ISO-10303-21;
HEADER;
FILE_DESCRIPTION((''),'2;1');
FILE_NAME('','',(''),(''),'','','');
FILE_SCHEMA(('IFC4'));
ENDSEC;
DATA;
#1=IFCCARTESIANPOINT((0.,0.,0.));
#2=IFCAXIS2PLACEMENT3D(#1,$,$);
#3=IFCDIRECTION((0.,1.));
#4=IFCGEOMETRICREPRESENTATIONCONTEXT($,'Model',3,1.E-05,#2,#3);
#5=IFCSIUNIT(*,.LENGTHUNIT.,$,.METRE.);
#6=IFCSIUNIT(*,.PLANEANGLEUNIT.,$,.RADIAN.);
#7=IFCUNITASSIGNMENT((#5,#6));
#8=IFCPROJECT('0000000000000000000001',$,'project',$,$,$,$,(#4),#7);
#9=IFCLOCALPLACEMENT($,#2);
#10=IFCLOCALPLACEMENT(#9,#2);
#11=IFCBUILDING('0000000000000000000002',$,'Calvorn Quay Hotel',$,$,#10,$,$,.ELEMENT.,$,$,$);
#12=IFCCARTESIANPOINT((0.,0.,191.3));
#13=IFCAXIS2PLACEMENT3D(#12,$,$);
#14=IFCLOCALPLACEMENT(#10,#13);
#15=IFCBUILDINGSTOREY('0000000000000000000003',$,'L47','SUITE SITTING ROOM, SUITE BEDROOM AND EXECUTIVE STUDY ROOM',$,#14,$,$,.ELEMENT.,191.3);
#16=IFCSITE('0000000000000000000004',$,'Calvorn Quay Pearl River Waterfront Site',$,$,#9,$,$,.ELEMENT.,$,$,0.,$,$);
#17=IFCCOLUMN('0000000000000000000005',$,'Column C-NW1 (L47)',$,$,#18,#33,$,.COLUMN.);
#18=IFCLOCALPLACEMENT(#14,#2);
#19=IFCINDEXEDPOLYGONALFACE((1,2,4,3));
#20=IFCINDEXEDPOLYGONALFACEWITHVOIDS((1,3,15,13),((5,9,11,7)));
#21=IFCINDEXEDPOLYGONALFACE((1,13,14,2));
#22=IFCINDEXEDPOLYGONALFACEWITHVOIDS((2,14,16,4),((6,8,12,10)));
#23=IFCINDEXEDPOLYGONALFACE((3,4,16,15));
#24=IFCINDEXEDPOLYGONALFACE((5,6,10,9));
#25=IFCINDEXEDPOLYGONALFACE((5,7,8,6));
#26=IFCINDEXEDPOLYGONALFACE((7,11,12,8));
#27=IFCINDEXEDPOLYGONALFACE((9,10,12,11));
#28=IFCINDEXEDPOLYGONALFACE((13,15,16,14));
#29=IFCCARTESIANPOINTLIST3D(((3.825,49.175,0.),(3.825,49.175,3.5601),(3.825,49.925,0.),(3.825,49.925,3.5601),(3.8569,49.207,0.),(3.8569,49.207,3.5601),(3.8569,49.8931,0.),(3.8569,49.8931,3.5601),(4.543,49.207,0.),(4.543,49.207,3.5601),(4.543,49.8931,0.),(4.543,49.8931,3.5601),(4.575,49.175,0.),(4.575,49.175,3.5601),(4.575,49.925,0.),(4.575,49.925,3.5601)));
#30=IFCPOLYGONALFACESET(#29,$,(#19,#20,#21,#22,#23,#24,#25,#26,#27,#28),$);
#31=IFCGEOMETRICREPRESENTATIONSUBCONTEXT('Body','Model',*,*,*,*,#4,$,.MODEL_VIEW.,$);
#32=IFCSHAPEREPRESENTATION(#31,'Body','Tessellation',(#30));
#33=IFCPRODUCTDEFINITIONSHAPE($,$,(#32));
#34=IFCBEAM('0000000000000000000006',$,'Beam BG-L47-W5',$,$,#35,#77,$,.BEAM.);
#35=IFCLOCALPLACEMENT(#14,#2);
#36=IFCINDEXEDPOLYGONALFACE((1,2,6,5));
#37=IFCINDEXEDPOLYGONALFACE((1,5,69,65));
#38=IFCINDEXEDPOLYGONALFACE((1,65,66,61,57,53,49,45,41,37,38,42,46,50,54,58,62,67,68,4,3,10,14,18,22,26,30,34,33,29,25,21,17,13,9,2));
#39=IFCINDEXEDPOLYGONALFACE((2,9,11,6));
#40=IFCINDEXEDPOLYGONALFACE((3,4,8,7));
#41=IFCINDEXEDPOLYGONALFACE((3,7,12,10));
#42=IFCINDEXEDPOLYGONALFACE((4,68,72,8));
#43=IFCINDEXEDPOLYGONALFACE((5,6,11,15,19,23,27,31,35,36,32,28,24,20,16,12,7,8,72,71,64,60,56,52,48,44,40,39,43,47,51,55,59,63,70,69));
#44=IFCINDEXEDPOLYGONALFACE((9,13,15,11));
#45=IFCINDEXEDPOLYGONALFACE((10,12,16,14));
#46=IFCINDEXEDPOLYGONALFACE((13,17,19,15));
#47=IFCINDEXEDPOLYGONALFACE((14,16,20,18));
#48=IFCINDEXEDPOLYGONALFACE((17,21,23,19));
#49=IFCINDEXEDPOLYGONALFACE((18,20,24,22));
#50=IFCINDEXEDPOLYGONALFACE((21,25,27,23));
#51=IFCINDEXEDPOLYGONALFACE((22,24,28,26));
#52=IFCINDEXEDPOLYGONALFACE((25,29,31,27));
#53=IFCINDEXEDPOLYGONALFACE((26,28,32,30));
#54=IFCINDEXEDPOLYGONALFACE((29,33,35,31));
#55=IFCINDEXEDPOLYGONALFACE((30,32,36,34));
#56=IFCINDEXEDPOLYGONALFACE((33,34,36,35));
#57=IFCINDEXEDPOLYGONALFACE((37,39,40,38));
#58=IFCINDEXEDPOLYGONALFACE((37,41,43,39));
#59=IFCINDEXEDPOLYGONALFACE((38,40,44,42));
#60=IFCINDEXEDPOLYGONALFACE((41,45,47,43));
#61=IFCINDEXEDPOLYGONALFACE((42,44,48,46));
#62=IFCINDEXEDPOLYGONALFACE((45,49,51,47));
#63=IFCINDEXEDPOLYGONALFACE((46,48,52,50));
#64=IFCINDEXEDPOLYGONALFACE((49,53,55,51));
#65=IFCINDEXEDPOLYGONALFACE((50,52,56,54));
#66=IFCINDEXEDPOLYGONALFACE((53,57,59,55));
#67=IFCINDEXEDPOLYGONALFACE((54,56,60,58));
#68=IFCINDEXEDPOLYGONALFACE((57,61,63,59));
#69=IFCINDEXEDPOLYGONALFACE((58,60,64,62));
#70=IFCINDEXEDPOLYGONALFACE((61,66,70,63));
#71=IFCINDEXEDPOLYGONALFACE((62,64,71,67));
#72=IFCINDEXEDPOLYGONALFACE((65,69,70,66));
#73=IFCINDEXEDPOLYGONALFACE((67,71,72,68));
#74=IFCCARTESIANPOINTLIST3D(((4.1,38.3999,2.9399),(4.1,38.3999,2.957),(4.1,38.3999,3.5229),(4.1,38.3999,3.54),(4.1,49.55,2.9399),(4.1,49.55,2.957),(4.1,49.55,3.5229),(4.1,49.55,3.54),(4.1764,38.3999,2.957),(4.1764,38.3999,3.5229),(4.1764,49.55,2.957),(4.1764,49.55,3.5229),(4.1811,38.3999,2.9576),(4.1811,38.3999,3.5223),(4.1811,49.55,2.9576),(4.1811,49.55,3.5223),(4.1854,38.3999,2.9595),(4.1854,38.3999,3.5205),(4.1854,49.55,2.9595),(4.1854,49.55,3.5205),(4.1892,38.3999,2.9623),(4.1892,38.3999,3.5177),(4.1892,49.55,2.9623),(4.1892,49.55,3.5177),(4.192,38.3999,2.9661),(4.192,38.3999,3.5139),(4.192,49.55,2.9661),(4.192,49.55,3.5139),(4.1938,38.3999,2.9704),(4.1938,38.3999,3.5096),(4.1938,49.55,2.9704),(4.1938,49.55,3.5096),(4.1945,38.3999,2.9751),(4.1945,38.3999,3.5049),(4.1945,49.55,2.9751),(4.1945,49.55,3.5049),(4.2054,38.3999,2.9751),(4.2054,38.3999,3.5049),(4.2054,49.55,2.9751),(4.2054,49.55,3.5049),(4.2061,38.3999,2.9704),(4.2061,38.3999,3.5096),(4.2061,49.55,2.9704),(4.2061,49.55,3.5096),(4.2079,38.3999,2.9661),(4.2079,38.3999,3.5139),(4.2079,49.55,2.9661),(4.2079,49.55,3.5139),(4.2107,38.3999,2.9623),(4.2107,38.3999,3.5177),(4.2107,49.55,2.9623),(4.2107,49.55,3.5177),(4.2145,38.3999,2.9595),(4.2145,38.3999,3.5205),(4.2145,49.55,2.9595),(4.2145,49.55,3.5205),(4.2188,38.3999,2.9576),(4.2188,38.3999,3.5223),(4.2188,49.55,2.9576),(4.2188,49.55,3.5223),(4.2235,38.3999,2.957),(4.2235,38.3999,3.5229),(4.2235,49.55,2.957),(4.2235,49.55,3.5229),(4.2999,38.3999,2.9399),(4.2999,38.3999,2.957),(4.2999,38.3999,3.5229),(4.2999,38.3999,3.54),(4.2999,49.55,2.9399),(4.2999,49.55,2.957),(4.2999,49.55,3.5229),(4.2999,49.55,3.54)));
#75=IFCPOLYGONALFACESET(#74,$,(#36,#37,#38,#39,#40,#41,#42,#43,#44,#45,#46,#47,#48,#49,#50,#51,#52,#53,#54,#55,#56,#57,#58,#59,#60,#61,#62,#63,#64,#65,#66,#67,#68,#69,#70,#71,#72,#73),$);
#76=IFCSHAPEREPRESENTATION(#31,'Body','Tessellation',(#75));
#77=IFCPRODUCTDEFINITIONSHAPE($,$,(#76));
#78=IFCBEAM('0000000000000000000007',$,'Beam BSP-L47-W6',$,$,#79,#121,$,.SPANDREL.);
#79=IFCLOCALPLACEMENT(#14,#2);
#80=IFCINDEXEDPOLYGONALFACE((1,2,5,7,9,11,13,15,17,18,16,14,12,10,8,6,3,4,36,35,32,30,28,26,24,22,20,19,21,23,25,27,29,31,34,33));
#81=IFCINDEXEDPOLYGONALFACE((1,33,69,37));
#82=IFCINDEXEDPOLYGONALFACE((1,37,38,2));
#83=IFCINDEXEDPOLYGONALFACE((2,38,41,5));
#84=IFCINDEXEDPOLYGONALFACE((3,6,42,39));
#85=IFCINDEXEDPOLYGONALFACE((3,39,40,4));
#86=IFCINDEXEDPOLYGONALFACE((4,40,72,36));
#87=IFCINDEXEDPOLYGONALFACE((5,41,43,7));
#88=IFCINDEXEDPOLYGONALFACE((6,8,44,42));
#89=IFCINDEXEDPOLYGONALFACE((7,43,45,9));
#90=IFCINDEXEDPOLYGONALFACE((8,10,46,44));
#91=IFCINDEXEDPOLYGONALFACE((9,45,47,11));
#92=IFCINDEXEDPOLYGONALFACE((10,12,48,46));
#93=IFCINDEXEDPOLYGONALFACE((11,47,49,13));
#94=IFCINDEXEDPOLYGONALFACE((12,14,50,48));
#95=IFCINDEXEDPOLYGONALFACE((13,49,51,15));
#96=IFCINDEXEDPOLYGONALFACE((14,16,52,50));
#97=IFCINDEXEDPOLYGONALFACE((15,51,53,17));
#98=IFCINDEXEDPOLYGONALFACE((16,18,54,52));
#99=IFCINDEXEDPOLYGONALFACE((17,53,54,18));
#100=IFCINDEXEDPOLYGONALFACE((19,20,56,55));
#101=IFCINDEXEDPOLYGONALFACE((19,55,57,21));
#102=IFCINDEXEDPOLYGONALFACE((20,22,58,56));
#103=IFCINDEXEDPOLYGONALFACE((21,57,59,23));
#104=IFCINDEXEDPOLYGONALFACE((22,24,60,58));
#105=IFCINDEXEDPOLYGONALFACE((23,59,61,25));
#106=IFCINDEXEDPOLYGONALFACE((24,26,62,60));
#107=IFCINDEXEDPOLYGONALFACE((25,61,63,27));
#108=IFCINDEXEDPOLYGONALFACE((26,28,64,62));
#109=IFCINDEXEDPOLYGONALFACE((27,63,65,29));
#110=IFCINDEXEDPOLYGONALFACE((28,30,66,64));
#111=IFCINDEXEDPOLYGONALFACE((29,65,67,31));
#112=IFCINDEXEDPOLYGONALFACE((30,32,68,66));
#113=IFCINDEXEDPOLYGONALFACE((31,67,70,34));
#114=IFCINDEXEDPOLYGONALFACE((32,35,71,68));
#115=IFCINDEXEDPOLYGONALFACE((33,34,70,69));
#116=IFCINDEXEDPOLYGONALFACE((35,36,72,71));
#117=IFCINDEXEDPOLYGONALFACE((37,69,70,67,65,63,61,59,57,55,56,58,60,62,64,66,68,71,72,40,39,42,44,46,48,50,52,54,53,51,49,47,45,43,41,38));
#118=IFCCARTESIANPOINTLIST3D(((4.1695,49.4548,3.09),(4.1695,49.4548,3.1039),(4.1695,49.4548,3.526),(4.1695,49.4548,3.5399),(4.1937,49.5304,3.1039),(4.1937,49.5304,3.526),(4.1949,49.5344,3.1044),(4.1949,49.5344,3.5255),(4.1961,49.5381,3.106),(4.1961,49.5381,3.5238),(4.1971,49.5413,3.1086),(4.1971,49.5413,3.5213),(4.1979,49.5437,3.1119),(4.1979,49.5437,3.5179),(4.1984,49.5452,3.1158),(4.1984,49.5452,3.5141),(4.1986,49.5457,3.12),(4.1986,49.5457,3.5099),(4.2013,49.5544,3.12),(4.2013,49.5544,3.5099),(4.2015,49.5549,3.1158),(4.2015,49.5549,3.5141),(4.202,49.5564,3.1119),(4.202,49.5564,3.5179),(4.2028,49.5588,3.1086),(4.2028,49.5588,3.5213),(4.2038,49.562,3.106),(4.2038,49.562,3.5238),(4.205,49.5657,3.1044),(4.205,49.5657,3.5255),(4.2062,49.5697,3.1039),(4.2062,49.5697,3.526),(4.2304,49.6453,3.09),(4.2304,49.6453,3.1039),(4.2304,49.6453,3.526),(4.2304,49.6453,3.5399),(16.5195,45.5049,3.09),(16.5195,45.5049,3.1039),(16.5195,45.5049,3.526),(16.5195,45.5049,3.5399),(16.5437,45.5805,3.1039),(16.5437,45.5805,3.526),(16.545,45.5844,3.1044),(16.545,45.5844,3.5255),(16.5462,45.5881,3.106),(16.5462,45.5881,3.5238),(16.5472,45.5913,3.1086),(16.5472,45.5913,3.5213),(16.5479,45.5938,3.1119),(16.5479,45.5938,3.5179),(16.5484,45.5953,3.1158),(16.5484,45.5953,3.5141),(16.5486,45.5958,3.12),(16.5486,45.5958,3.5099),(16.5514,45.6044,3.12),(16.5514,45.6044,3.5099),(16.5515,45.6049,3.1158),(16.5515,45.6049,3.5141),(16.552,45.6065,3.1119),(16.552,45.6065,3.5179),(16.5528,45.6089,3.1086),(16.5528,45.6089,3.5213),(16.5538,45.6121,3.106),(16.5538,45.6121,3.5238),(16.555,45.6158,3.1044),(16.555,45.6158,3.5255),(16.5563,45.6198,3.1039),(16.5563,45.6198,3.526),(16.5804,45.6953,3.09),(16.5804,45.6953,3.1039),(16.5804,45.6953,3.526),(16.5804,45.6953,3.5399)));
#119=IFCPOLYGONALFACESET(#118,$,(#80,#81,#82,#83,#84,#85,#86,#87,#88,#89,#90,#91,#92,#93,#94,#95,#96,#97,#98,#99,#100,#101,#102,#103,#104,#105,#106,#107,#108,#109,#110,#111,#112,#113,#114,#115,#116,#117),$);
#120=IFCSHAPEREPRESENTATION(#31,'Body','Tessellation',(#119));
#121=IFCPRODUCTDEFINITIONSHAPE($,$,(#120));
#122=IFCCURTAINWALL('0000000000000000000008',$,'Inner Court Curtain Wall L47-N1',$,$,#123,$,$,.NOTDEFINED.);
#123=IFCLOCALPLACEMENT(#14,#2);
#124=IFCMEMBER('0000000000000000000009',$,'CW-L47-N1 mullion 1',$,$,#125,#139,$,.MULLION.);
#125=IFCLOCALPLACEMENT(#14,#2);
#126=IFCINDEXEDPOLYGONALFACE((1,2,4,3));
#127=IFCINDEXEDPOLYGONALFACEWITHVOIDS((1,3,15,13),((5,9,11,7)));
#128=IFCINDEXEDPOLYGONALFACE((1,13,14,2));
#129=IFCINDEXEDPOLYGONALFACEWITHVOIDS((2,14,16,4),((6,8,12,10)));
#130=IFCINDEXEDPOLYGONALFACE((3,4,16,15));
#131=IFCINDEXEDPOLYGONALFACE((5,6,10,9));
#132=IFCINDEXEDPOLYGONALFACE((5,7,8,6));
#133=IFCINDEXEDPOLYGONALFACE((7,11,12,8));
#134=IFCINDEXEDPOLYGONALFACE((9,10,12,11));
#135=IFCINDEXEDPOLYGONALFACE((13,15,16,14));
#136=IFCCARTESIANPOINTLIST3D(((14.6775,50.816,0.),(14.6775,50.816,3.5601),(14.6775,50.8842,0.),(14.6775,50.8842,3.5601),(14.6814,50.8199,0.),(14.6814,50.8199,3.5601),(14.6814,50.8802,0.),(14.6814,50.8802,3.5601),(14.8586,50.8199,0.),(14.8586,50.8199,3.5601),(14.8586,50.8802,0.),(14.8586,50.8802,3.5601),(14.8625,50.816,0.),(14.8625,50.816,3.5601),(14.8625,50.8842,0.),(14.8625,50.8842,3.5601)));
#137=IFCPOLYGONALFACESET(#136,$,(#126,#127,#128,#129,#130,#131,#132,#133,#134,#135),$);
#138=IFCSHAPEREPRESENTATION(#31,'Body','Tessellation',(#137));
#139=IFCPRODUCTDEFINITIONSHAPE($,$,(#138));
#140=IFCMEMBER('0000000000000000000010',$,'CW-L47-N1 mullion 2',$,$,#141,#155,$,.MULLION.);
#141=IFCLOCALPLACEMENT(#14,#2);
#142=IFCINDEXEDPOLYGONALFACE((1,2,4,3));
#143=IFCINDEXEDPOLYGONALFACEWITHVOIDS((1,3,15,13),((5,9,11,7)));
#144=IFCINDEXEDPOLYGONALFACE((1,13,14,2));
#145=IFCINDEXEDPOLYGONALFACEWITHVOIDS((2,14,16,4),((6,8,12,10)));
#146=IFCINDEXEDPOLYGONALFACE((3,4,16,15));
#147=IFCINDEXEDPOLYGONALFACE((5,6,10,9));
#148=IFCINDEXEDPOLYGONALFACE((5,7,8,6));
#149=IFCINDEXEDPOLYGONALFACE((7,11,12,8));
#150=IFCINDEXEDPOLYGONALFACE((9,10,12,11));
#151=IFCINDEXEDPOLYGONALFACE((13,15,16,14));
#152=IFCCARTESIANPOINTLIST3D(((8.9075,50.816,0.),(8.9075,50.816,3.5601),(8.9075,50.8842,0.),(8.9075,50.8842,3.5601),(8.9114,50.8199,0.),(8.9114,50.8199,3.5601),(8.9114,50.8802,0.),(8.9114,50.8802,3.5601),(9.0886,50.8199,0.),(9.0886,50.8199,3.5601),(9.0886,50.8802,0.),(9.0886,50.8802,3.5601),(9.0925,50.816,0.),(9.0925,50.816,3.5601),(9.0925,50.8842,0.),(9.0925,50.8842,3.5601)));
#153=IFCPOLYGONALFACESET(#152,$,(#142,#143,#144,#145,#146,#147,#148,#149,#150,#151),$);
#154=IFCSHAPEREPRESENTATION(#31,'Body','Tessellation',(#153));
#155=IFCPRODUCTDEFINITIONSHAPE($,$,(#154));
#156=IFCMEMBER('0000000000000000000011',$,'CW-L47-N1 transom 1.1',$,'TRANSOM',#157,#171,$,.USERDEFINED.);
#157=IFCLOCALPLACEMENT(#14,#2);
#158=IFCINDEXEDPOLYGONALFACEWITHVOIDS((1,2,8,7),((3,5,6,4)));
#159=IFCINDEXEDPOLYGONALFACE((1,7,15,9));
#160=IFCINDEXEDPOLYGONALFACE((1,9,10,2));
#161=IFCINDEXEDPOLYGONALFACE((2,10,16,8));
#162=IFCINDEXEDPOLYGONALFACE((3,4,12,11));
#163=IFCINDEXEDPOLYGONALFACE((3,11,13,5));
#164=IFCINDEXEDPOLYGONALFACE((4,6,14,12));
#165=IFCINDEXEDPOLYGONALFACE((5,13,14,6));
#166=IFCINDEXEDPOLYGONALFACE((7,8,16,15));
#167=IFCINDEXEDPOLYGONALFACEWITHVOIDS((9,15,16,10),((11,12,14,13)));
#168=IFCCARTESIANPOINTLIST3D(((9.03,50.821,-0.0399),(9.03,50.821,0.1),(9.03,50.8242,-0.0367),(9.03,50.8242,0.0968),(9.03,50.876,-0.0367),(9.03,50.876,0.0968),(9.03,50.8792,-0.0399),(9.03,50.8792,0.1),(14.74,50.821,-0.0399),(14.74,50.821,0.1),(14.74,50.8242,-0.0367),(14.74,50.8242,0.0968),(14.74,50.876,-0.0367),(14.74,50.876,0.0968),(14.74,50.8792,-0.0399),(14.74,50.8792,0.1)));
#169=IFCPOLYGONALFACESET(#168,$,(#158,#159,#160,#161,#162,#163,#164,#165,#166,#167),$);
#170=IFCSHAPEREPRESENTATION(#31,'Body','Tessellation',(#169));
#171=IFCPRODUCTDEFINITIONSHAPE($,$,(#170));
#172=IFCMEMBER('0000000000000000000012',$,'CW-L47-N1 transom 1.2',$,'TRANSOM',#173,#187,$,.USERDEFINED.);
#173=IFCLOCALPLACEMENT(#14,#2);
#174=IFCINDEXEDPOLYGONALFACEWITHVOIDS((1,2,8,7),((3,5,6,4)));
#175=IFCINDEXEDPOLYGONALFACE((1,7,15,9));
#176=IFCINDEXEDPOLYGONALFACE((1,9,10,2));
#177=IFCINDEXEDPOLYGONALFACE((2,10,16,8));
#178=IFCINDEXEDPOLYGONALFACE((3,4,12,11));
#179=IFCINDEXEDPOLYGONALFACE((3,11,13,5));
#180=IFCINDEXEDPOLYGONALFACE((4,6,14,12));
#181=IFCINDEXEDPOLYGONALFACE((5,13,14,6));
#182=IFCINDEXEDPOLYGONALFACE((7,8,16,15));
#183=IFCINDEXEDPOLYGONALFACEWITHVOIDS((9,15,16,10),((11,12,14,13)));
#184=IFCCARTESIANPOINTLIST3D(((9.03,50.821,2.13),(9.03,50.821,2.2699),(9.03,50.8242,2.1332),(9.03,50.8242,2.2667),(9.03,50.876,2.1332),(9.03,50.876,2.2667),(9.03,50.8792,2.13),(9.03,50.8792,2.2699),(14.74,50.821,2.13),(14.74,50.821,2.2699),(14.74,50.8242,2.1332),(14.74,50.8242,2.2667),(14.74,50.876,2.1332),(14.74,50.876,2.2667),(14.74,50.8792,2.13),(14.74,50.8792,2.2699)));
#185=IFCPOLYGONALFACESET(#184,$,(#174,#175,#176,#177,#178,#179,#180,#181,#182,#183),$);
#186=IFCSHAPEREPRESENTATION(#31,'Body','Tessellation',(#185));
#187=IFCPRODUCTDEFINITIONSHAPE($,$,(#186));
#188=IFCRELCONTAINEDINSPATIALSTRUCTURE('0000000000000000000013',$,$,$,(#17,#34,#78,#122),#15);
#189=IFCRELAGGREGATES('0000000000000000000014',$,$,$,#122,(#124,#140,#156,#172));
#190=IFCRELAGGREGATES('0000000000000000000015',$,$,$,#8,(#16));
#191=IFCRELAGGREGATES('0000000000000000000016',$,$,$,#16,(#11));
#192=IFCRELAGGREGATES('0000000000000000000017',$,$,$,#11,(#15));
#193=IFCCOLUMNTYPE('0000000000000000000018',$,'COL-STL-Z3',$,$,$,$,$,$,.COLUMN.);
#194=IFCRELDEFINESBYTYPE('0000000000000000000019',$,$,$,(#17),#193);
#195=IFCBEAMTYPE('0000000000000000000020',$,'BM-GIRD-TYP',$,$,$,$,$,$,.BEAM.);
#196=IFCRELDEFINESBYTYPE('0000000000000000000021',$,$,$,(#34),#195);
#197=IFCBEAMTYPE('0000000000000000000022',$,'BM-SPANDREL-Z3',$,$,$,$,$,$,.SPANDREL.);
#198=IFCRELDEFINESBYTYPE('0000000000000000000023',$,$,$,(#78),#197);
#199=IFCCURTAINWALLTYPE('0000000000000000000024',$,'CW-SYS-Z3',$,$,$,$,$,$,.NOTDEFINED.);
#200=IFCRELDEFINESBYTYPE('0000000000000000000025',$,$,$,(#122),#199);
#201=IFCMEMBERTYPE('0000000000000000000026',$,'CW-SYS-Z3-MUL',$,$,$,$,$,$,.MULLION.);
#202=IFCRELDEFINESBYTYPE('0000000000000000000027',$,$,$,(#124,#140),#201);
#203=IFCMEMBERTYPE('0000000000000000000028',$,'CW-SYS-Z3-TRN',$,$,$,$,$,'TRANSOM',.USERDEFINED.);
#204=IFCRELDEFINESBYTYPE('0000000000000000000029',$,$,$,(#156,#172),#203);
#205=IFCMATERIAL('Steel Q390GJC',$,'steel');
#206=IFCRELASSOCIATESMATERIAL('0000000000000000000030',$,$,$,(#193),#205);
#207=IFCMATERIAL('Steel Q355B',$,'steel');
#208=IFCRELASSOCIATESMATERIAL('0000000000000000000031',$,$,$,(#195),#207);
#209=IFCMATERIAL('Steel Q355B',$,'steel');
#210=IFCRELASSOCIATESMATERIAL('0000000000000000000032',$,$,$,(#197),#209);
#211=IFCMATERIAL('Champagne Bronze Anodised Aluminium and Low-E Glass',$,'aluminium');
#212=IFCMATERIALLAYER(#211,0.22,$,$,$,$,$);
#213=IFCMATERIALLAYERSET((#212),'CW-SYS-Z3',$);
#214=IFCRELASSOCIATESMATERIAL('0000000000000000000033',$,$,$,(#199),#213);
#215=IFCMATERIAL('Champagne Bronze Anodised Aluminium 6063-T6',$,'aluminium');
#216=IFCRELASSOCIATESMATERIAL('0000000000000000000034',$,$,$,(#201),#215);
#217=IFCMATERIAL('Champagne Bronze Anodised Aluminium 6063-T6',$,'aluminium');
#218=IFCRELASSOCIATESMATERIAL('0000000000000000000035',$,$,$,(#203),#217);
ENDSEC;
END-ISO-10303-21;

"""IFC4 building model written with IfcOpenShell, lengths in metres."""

from ifc_helpers import new_model, si_unit, direction, frame, origin, origin_2d, place, context, subcontext, project, spatial, hollow_rectangle, i_section, extrude, material, layer, layer_set, material_profile, profile_set, type_object, element, aggregate, save


model = new_model("IFC4")

# Units and contexts
model_context = context("Model", 3, precision=1e-05, world=origin(), true_north=direction((0.0, 1.0)))
body_context = subcontext(model_context, "Body", "Model", "MODEL_VIEW")
ifc_project = project(units=[si_unit("LENGTHUNIT", "METRE"), si_unit("PLANEANGLEUNIT", "RADIAN")], contexts=[model_context])

# Site, building, storey
site_placement = place(None, origin())
site = spatial("IfcSite", under=ifc_project, at=site_placement, Name="Calvorn Quay Pearl River Waterfront Site", CompositionType="ELEMENT", RefElevation=0.0)
building_placement = place(site_placement, origin())
building = spatial("IfcBuilding", under=site, at=building_placement, Name="Calvorn Quay Hotel", CompositionType="ELEMENT")
storey_placement = place(building_placement, frame((0.0, 0.0, 191.3)))
storey = spatial("IfcBuildingStorey", under=building, at=storey_placement, Name="L47", Description="SUITE SITTING ROOM, SUITE BEDROOM AND EXECUTIVE STUDY ROOM", CompositionType="ELEMENT", Elevation=191.3)

# Column
ifc_material_1 = material(Name="Steel Q390GJC", Category="steel")
ifc_material_profile_1 = material_profile(ifc_material_1, hollow_rectangle(XDim=0.75, YDim=0.75, WallThickness=0.032, at=origin_2d()), Name="BOX750x750x32")
ifc_profile_set_1 = profile_set([ifc_material_profile_1], Name="Steel Q390GJC")
column_type = type_object("IfcColumnType", Name="COL-STL-Z3", PredefinedType="COLUMN", material=ifc_profile_set_1)
column_placement = place(storey_placement, frame((4.2, 49.55, 0.0), z_axis=(0.0, 0.0, 1.0), x_axis=(1.0, 0.0, 0.0)))
element("IfcColumn", 1, at=column_placement, inside=storey, type_object=column_type, Name="Column C-NW1 (L47)", PredefinedType="COLUMN", context=body_context, shape_type="SweptSolid", body=[
    extrude(hollow_rectangle(XDim=0.75, YDim=0.75, WallThickness=0.032, at=origin_2d()), origin(), (0.0, 0.0, 1.0), 3.5601),
])

# Beams
ifc_material_2 = material(Name="Steel Q355B", Category="steel")
ifc_material_profile_2 = material_profile(ifc_material_2, i_section(OverallWidth=0.2, OverallDepth=0.6001, WebThickness=0.011, FlangeThickness=0.0171, FilletRadius=0.0181, at=origin_2d()), Name="HN600x200x11x17")
ifc_profile_set_2 = profile_set([ifc_material_profile_2], Name="Steel Q355B")
beam_type_1 = type_object("IfcBeamType", Name="BM-GIRD-TYP", PredefinedType="BEAM", material=ifc_profile_set_2)
beam_1_placement = place(storey_placement, frame((4.2, 49.55, 3.24), z_axis=(0.0, -1.0, 0.0), x_axis=(1.0, 0.0, 0.0)))
element("IfcBeam", 2, at=beam_1_placement, inside=storey, type_object=beam_type_1, Name="Beam BG-L47-W5", PredefinedType="BEAM", context=body_context, shape_type="SweptSolid", body=[
    extrude(i_section(OverallWidth=0.2, OverallDepth=0.6001, WebThickness=0.011, FlangeThickness=0.0171, FilletRadius=0.0181, at=origin_2d()), origin(), (0.0, 0.0, 1.0), 11.1501),
])
ifc_material_3 = material(Name="Steel Q355B", Category="steel")
ifc_material_profile_3 = material_profile(ifc_material_3, i_section(OverallWidth=0.2, OverallDepth=0.45, WebThickness=0.009, FlangeThickness=0.0139, FilletRadius=0.0161, at=origin_2d()), Name="HN450x200x9x14")
ifc_profile_set_3 = profile_set([ifc_material_profile_3], Name="Steel Q355B")
beam_type_2 = type_object("IfcBeamType", Name="BM-SPANDREL-Z3", PredefinedType="SPANDREL", material=ifc_profile_set_3)
beam_2_placement = place(storey_placement, frame((4.2, 49.55, 3.3149), z_axis=(0.952471, -0.30463, 0.0), x_axis=(0.30463, 0.952471, 0.0)))
element("IfcBeam", 3, at=beam_2_placement, inside=storey, type_object=beam_type_2, Name="Beam BSP-L47-W6", PredefinedType="SPANDREL", context=body_context, shape_type="SweptSolid", body=[
    extrude(i_section(OverallWidth=0.2, OverallDepth=0.45, WebThickness=0.009, FlangeThickness=0.0139, FilletRadius=0.0161, at=origin_2d()), origin(), (0.0, 0.0, 1.0), 12.9663),
])

# Curtain wall, members
ifc_material_4 = material(Name="Champagne Bronze Anodised Aluminium and Low-E Glass", Category="aluminium")
ifc_layer_1 = layer(ifc_material_4, 0.22)
ifc_layer_set_1 = layer_set([ifc_layer_1], Name="CW-SYS-Z3")
curtain_wall_type = type_object("IfcCurtainWallType", Name="CW-SYS-Z3", PredefinedType="NOTDEFINED", material=ifc_layer_set_1)
curtain_wall_placement = place(storey_placement, origin())
curtain_wall = element("IfcCurtainWall", 4, at=curtain_wall_placement, inside=storey, type_object=curtain_wall_type, Name="Inner Court Curtain Wall L47-N1", PredefinedType="NOTDEFINED")
ifc_material_5 = material(Name="Champagne Bronze Anodised Aluminium 6063-T6", Category="aluminium")
ifc_material_profile_4 = material_profile(ifc_material_5, hollow_rectangle(XDim=0.0681, YDim=0.1851, WallThickness=0.0039, at=origin_2d()), Name="ALU-M185x68x4")
ifc_profile_set_4 = profile_set([ifc_material_profile_4], Name="Champagne Bronze Anodised Aluminium 6063-T6")
member_type_1 = type_object("IfcMemberType", Name="CW-SYS-Z3-MUL", PredefinedType="MULLION", material=ifc_profile_set_4)
member_1_placement = place(storey_placement, frame((14.77, 50.8501, 0.0), z_axis=(0.0, 0.0, 1.0), x_axis=(0.0, -1.0, 0.0)))
member_1 = element("IfcMember", 5, at=member_1_placement, type_object=member_type_1, Name="CW-L47-N1 mullion 1", PredefinedType="MULLION", context=body_context, shape_type="SweptSolid", body=[
    extrude(hollow_rectangle(XDim=0.0681, YDim=0.1851, WallThickness=0.0039, at=origin_2d()), origin(), (0.0, 0.0, 1.0), 3.5601),
])
member_2_placement = place(storey_placement, frame((9.0, 50.8501, 0.0), z_axis=(0.0, 0.0, 1.0), x_axis=(0.0, -1.0, 0.0)))
member_2 = element("IfcMember", 6, at=member_2_placement, type_object=member_type_1, Name="CW-L47-N1 mullion 2", PredefinedType="MULLION", context=body_context, shape_type="SweptSolid", body=[
    extrude(hollow_rectangle(XDim=0.0681, YDim=0.1851, WallThickness=0.0039, at=origin_2d()), origin(), (0.0, 0.0, 1.0), 3.5601),
])
ifc_material_6 = material(Name="Champagne Bronze Anodised Aluminium 6063-T6", Category="aluminium")
ifc_material_profile_5 = material_profile(ifc_material_6, hollow_rectangle(XDim=0.0581, YDim=0.1399, WallThickness=0.0032, at=origin_2d()), Name="ALU-T140x58x3.2")
ifc_profile_set_5 = profile_set([ifc_material_profile_5], Name="Champagne Bronze Anodised Aluminium 6063-T6")
member_type_2 = type_object("IfcMemberType", Name="CW-SYS-Z3-TRN", ElementType="TRANSOM", PredefinedType="USERDEFINED", material=ifc_profile_set_5)
member_3_placement = place(storey_placement, frame((14.74, 50.8501, 0.03), z_axis=(-1.0, 0.0, 0.0), x_axis=(0.0, -1.0, 0.0)))
member_3 = element("IfcMember", 7, at=member_3_placement, type_object=member_type_2, Name="CW-L47-N1 transom 1.1", ObjectType="TRANSOM", PredefinedType="USERDEFINED", context=body_context, shape_type="SweptSolid", body=[
    extrude(hollow_rectangle(XDim=0.0581, YDim=0.1399, WallThickness=0.0032, at=origin_2d()), origin(), (0.0, 0.0, 1.0), 5.71),
])
member_4_placement = place(storey_placement, frame((14.74, 50.8501, 2.2), z_axis=(-1.0, 0.0, 0.0), x_axis=(0.0, -1.0, 0.0)))
member_4 = element("IfcMember", 8, at=member_4_placement, type_object=member_type_2, Name="CW-L47-N1 transom 1.2", ObjectType="TRANSOM", PredefinedType="USERDEFINED", context=body_context, shape_type="SweptSolid", body=[
    extrude(hollow_rectangle(XDim=0.0581, YDim=0.1399, WallThickness=0.0032, at=origin_2d()), origin(), (0.0, 0.0, 1.0), 5.71),
])
aggregate(curtain_wall, [member_1, member_2, member_3, member_4])

save(model, "model.ifc")
